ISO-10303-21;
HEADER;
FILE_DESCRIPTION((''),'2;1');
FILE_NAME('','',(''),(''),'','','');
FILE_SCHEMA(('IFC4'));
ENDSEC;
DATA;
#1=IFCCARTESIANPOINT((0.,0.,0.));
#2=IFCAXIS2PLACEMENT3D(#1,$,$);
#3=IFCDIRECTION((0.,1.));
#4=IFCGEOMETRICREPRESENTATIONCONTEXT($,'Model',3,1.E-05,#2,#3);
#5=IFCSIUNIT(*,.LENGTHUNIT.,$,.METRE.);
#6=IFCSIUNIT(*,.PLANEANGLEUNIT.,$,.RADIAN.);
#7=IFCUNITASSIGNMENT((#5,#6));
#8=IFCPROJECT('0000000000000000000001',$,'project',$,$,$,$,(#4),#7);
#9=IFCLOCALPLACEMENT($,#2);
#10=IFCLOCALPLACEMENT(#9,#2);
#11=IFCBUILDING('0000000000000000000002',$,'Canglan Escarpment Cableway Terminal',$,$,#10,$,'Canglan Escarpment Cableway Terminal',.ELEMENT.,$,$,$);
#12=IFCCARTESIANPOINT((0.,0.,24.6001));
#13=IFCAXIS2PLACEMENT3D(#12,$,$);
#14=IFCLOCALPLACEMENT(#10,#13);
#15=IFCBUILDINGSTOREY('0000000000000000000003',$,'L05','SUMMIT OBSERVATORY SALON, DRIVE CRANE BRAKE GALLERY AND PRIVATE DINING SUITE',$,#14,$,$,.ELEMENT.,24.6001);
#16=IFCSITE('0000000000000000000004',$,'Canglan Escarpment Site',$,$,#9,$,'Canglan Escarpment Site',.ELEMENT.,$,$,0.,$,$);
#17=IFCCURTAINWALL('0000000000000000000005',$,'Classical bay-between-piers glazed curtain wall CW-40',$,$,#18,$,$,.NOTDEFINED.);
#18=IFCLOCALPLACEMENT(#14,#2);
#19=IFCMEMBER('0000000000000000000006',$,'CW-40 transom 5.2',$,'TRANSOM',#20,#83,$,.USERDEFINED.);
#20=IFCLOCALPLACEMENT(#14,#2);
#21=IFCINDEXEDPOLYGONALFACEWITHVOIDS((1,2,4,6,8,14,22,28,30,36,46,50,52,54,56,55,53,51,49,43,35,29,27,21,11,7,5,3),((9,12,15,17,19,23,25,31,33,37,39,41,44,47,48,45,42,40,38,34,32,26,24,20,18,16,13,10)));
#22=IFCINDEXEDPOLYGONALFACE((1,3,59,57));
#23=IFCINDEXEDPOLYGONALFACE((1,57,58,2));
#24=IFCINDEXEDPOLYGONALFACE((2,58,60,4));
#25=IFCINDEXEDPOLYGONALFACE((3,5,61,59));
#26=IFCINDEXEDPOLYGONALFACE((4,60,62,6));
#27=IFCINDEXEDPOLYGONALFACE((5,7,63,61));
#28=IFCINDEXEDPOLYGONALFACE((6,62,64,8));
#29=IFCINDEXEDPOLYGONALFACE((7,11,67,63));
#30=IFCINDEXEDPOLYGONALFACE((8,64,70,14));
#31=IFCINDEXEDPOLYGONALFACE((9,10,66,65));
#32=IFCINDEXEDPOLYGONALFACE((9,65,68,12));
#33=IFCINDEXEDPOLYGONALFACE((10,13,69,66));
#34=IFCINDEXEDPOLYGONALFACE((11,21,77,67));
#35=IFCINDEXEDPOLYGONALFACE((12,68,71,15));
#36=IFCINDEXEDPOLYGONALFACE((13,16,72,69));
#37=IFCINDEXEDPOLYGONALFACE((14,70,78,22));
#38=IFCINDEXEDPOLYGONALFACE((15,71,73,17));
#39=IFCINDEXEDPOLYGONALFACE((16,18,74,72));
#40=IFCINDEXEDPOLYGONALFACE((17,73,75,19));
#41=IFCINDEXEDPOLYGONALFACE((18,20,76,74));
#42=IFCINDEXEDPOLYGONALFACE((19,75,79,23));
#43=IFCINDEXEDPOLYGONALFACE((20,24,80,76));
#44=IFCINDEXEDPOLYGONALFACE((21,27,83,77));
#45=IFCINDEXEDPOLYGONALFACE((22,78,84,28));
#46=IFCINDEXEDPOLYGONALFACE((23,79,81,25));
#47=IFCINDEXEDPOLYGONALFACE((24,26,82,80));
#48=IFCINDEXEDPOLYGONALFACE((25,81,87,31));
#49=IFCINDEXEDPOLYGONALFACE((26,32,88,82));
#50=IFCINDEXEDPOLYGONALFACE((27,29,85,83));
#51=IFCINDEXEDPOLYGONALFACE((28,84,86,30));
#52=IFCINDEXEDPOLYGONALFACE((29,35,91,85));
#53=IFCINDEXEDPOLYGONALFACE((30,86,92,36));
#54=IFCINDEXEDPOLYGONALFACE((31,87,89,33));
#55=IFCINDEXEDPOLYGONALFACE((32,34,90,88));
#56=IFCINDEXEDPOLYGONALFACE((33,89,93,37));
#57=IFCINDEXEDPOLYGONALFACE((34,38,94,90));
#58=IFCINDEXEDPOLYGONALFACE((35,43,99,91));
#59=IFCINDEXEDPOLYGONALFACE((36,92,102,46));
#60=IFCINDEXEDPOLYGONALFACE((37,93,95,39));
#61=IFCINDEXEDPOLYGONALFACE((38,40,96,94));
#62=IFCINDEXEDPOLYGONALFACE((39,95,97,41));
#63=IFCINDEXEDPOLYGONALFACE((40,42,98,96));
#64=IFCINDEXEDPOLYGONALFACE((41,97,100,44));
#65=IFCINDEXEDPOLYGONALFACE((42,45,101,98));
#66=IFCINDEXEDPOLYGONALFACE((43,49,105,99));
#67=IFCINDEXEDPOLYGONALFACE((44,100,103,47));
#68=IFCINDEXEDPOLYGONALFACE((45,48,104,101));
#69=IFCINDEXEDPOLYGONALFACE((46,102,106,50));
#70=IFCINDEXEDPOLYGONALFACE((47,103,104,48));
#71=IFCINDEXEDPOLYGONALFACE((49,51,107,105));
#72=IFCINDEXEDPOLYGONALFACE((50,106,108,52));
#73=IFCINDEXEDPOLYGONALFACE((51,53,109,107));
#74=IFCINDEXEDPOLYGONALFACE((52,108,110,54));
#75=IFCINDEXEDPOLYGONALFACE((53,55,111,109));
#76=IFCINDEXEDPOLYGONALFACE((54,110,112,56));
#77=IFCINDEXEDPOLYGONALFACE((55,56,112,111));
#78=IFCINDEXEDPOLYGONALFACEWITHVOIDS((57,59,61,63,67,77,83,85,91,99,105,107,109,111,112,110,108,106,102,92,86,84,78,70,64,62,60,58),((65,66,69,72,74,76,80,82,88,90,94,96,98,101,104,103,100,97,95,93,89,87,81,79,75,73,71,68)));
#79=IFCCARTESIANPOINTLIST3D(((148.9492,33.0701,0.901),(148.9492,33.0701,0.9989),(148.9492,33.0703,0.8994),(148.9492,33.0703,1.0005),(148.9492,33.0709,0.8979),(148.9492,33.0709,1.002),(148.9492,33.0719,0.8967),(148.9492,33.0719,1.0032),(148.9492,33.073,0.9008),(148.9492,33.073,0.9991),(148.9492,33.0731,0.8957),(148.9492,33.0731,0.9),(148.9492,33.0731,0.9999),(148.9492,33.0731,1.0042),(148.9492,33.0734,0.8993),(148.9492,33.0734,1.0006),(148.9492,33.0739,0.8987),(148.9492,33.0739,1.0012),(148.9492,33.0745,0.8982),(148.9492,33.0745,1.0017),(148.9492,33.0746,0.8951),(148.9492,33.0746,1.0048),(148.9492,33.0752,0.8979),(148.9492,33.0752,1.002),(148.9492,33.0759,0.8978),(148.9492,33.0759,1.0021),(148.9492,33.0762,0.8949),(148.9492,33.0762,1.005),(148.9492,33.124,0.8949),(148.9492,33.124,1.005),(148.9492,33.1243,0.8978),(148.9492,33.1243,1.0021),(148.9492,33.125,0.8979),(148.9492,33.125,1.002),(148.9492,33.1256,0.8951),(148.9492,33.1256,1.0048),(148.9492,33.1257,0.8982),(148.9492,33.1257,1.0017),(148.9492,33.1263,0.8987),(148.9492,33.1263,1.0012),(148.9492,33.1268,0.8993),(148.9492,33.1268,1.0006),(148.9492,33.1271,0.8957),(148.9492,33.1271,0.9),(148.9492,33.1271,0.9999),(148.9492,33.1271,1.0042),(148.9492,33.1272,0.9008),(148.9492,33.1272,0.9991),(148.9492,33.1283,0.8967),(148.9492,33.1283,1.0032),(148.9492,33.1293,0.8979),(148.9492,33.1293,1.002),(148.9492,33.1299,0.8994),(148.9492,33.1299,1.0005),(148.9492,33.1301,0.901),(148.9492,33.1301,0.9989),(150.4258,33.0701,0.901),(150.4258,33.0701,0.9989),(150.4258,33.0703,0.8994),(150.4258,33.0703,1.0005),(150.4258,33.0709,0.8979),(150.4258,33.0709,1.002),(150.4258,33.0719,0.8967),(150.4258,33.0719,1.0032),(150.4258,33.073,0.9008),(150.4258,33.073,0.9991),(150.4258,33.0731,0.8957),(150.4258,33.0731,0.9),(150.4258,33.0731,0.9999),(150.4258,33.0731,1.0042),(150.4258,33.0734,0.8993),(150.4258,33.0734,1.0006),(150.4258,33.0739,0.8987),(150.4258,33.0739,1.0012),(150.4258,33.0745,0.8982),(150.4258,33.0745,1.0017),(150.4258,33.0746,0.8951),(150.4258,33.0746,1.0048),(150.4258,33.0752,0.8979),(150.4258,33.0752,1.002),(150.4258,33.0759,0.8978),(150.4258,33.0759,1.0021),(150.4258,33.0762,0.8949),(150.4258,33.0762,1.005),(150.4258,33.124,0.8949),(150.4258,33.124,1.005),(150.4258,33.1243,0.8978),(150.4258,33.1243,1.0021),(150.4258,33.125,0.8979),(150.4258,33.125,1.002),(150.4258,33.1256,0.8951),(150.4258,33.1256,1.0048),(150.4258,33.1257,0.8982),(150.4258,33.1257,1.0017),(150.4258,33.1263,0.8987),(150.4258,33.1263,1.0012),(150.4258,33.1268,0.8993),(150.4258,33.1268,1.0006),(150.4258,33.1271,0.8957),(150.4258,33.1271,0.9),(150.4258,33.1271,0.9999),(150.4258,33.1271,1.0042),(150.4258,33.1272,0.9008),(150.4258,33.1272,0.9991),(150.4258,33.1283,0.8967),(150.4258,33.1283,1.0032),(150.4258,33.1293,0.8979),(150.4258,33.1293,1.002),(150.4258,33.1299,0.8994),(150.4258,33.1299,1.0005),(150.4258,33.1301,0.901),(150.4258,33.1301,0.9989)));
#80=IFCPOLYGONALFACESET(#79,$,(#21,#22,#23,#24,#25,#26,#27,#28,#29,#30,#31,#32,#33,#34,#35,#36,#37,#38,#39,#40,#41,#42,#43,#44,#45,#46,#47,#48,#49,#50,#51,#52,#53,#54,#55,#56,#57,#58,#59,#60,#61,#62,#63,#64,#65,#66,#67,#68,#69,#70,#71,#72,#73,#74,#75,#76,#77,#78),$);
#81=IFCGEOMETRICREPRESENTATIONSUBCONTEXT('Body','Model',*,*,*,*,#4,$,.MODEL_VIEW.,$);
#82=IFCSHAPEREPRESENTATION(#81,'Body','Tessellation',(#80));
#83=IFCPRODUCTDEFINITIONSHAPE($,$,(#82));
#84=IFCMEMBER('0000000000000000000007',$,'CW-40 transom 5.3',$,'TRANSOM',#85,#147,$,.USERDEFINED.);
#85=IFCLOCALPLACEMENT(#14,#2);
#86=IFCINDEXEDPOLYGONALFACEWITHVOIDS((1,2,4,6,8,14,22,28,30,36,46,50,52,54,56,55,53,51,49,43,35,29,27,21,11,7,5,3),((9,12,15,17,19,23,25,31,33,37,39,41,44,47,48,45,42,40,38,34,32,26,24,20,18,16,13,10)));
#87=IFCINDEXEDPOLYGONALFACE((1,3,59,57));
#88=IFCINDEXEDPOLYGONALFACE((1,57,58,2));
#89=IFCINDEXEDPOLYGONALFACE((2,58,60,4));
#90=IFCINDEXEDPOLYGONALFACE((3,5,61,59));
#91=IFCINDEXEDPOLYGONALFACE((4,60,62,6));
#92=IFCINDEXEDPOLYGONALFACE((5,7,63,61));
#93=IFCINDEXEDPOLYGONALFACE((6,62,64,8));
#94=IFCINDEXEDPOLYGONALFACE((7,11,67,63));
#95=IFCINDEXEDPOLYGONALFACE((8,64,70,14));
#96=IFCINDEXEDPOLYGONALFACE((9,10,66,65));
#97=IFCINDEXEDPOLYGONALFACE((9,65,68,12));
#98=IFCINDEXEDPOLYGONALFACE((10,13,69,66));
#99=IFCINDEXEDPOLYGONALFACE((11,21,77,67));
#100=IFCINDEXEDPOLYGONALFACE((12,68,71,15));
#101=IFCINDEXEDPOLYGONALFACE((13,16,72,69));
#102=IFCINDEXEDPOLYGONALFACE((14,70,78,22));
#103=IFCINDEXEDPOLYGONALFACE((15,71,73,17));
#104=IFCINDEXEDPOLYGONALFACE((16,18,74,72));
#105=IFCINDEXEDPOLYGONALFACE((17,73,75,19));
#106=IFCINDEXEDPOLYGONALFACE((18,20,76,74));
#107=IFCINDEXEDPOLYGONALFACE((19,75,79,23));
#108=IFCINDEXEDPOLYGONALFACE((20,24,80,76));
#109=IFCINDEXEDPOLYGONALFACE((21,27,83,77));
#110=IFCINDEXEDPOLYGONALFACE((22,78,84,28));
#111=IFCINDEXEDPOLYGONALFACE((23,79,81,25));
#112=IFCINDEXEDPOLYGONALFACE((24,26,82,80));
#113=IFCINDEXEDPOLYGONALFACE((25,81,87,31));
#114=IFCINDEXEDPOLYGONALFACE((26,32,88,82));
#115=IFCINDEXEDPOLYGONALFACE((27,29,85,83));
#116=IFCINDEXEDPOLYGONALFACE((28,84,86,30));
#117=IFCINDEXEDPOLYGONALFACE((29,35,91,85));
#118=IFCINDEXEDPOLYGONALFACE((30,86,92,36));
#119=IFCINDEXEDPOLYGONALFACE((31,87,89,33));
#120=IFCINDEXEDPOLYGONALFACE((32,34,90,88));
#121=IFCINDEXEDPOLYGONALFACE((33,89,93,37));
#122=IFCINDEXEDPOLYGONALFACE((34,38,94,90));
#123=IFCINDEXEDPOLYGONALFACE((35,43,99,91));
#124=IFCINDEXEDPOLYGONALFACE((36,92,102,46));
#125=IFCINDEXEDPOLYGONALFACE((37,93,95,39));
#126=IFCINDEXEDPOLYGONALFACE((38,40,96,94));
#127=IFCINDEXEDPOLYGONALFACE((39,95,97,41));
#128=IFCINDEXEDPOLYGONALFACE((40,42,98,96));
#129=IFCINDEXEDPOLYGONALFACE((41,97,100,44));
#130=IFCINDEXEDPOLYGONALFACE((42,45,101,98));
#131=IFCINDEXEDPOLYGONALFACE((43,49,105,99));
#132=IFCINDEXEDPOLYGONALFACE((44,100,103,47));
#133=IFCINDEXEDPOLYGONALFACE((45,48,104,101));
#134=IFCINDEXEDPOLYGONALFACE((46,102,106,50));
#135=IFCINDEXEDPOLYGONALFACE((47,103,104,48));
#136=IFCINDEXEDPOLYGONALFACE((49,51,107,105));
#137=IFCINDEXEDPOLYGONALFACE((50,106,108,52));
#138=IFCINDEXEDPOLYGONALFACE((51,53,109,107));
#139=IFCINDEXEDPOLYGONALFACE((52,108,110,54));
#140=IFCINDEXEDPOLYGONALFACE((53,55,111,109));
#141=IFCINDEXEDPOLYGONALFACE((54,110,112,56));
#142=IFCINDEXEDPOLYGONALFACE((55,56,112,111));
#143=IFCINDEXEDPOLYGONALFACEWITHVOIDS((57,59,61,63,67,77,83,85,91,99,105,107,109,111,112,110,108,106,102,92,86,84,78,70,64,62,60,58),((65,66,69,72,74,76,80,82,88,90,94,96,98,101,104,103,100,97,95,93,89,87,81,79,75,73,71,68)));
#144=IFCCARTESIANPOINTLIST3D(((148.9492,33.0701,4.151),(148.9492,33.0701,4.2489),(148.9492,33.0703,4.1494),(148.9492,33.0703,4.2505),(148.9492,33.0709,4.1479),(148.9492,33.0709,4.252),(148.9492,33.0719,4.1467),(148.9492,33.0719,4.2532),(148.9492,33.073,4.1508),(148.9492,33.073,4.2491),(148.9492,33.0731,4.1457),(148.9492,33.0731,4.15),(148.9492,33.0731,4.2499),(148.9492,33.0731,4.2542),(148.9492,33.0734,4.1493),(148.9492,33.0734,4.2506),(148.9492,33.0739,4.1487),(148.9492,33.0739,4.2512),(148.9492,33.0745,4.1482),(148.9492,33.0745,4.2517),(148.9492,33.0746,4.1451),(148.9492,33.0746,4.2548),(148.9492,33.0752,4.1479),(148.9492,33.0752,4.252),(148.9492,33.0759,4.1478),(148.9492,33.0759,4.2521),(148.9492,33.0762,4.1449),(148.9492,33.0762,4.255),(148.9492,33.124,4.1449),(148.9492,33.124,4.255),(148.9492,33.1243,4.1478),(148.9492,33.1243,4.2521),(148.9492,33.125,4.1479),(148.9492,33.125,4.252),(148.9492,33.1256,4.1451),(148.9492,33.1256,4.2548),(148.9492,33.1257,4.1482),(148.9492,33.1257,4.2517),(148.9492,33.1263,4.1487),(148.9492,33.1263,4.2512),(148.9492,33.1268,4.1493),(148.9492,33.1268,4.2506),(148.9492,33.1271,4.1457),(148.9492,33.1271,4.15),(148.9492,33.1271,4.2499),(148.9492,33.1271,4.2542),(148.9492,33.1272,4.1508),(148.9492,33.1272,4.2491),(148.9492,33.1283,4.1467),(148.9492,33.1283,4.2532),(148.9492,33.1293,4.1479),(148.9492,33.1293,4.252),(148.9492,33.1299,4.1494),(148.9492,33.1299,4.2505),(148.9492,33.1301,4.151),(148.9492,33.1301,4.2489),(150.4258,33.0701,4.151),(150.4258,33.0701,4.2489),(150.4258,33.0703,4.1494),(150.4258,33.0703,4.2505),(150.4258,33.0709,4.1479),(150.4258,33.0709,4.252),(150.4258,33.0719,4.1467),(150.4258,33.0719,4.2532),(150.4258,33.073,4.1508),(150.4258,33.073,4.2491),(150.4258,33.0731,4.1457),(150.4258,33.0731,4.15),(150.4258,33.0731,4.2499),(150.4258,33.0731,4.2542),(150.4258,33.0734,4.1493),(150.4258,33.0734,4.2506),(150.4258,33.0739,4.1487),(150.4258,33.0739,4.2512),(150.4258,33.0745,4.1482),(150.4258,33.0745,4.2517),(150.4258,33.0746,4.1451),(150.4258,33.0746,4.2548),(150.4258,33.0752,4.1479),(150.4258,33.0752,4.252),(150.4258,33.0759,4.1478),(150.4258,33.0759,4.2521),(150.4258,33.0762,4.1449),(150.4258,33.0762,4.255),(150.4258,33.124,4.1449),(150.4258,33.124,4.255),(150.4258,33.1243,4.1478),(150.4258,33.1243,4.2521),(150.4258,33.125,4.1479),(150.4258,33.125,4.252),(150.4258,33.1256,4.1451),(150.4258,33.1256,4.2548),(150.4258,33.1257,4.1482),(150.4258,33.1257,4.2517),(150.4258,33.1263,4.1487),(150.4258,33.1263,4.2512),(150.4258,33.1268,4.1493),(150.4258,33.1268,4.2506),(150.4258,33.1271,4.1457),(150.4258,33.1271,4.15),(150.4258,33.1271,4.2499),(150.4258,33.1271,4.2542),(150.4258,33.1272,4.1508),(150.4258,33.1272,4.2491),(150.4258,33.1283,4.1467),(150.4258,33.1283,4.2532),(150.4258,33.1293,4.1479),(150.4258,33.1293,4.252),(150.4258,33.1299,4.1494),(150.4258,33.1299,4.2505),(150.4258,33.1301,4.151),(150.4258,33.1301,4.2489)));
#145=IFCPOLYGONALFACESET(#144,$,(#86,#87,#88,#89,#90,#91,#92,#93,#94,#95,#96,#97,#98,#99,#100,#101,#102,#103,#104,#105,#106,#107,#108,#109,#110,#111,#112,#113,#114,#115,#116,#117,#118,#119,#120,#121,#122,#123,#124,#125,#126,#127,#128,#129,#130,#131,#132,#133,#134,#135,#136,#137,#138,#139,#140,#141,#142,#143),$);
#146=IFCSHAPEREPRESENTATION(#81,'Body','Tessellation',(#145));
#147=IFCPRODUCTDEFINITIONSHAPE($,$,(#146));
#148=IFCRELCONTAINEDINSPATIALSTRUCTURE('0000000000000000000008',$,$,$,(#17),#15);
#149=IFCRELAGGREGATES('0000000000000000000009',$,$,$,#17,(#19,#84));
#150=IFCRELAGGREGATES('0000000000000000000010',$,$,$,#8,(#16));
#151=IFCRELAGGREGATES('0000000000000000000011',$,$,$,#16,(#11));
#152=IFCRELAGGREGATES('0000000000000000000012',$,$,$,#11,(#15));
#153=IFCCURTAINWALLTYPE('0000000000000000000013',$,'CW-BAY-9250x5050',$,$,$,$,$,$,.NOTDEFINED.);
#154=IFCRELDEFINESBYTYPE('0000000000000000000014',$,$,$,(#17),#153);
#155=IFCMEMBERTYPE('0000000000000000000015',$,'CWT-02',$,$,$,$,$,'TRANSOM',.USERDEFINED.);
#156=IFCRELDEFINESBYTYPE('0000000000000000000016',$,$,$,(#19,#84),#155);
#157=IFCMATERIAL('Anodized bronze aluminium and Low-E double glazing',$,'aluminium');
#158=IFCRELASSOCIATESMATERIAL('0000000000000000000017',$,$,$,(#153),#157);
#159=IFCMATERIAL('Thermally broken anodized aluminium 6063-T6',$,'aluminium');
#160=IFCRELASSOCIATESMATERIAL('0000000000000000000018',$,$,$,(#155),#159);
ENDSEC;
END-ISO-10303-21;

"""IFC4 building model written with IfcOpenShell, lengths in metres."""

from ifc_helpers import new_model, si_unit, direction, frame, origin, origin_2d, place, context, subcontext, project, spatial, hollow_rectangle, extrude, material, material_profile, profile_set, type_object, element, aggregate, save


model = new_model("IFC4")

# Units and contexts
model_context = context("Model", 3, precision=1e-05, world=origin(), true_north=direction((0.0, 1.0)))
body_context = subcontext(model_context, "Body", "Model", "MODEL_VIEW")
ifc_project = project(units=[si_unit("LENGTHUNIT", "METRE"), si_unit("PLANEANGLEUNIT", "RADIAN")], contexts=[model_context])

# Site, building, storey
site_placement = place(None, origin())
site = spatial("IfcSite", under=ifc_project, at=site_placement, Name="Canglan Escarpment Site", LongName="Canglan Escarpment Site", CompositionType="ELEMENT", RefElevation=0.0)
building_placement = place(site_placement, origin())
building = spatial("IfcBuilding", under=site, at=building_placement, Name="Canglan Escarpment Cableway Terminal", LongName="Canglan Escarpment Cableway Terminal", CompositionType="ELEMENT")
storey_placement = place(building_placement, frame((0.0, 0.0, 24.6001)))
storey = spatial("IfcBuildingStorey", under=building, at=storey_placement, Name="L05", Description="SUMMIT OBSERVATORY SALON, DRIVE CRANE BRAKE GALLERY AND PRIVATE DINING SUITE", CompositionType="ELEMENT", Elevation=24.6001)

# Shared definitions
ifc_material_1 = material(Name="Anodized bronze aluminium and Low-E double glazing", Category="aluminium")
ifc_material_2 = material(Name="Thermally broken anodized aluminium 6063-T6", Category="aluminium")

# Curtain wall
curtain_wall_type_1 = type_object("IfcCurtainWallType", Name="CW-BAY-9250x5050", PredefinedType="NOTDEFINED", material=ifc_material_1)
curtain_wall_1_placement = place(storey_placement, origin())
curtain_wall_1 = element("IfcCurtainWall", 1, at=curtain_wall_1_placement, inside=storey, type_object=curtain_wall_type_1, Name="Classical bay-between-piers glazed curtain wall CW-40", PredefinedType="NOTDEFINED")

# Members
ifc_material_profile_1 = material_profile(ifc_material_2, hollow_rectangle(XDim=0.0601, YDim=0.1101, WallThickness=0.0029, InnerFilletRadius=0.0029, OuterFilletRadius=0.0061, at=origin_2d()), Name="ALU-TRAN 60x110x3")
ifc_profile_set_1 = profile_set([ifc_material_profile_1], Name="Thermally broken anodized aluminium 6063-T6")
member_type_1 = type_object("IfcMemberType", Name="CWT-02", ElementType="TRANSOM", PredefinedType="USERDEFINED", material=ifc_profile_set_1)
member_1_placement = place(storey_placement, frame((150.4258, 33.1001, 0.95), z_axis=(-1.0, 0.0, 0.0), x_axis=(0.0, -1.0, 0.0)))
member_1 = element("IfcMember", 2, at=member_1_placement, type_object=member_type_1, Name="CW-40 transom 5.2", ObjectType="TRANSOM", PredefinedType="USERDEFINED", context=body_context, shape_type="SweptSolid", body=[
    extrude(hollow_rectangle(XDim=0.0601, YDim=0.1101, WallThickness=0.0029, InnerFilletRadius=0.0029, OuterFilletRadius=0.0061, at=origin_2d()), origin(), (0.0, 0.0, 1.0), 1.4766),
])
member_2_placement = place(storey_placement, frame((150.4258, 33.1001, 4.2), z_axis=(-1.0, 0.0, 0.0), x_axis=(0.0, -1.0, 0.0)))
member_2 = element("IfcMember", 3, at=member_2_placement, type_object=member_type_1, Name="CW-40 transom 5.3", ObjectType="TRANSOM", PredefinedType="USERDEFINED", context=body_context, shape_type="SweptSolid", body=[
    extrude(hollow_rectangle(XDim=0.0601, YDim=0.1101, WallThickness=0.0029, InnerFilletRadius=0.0029, OuterFilletRadius=0.0061, at=origin_2d()), origin(), (0.0, 0.0, 1.0), 1.4766),
])

aggregate(curtain_wall_1, [member_1, member_2])

save(model, "model.ifc")
